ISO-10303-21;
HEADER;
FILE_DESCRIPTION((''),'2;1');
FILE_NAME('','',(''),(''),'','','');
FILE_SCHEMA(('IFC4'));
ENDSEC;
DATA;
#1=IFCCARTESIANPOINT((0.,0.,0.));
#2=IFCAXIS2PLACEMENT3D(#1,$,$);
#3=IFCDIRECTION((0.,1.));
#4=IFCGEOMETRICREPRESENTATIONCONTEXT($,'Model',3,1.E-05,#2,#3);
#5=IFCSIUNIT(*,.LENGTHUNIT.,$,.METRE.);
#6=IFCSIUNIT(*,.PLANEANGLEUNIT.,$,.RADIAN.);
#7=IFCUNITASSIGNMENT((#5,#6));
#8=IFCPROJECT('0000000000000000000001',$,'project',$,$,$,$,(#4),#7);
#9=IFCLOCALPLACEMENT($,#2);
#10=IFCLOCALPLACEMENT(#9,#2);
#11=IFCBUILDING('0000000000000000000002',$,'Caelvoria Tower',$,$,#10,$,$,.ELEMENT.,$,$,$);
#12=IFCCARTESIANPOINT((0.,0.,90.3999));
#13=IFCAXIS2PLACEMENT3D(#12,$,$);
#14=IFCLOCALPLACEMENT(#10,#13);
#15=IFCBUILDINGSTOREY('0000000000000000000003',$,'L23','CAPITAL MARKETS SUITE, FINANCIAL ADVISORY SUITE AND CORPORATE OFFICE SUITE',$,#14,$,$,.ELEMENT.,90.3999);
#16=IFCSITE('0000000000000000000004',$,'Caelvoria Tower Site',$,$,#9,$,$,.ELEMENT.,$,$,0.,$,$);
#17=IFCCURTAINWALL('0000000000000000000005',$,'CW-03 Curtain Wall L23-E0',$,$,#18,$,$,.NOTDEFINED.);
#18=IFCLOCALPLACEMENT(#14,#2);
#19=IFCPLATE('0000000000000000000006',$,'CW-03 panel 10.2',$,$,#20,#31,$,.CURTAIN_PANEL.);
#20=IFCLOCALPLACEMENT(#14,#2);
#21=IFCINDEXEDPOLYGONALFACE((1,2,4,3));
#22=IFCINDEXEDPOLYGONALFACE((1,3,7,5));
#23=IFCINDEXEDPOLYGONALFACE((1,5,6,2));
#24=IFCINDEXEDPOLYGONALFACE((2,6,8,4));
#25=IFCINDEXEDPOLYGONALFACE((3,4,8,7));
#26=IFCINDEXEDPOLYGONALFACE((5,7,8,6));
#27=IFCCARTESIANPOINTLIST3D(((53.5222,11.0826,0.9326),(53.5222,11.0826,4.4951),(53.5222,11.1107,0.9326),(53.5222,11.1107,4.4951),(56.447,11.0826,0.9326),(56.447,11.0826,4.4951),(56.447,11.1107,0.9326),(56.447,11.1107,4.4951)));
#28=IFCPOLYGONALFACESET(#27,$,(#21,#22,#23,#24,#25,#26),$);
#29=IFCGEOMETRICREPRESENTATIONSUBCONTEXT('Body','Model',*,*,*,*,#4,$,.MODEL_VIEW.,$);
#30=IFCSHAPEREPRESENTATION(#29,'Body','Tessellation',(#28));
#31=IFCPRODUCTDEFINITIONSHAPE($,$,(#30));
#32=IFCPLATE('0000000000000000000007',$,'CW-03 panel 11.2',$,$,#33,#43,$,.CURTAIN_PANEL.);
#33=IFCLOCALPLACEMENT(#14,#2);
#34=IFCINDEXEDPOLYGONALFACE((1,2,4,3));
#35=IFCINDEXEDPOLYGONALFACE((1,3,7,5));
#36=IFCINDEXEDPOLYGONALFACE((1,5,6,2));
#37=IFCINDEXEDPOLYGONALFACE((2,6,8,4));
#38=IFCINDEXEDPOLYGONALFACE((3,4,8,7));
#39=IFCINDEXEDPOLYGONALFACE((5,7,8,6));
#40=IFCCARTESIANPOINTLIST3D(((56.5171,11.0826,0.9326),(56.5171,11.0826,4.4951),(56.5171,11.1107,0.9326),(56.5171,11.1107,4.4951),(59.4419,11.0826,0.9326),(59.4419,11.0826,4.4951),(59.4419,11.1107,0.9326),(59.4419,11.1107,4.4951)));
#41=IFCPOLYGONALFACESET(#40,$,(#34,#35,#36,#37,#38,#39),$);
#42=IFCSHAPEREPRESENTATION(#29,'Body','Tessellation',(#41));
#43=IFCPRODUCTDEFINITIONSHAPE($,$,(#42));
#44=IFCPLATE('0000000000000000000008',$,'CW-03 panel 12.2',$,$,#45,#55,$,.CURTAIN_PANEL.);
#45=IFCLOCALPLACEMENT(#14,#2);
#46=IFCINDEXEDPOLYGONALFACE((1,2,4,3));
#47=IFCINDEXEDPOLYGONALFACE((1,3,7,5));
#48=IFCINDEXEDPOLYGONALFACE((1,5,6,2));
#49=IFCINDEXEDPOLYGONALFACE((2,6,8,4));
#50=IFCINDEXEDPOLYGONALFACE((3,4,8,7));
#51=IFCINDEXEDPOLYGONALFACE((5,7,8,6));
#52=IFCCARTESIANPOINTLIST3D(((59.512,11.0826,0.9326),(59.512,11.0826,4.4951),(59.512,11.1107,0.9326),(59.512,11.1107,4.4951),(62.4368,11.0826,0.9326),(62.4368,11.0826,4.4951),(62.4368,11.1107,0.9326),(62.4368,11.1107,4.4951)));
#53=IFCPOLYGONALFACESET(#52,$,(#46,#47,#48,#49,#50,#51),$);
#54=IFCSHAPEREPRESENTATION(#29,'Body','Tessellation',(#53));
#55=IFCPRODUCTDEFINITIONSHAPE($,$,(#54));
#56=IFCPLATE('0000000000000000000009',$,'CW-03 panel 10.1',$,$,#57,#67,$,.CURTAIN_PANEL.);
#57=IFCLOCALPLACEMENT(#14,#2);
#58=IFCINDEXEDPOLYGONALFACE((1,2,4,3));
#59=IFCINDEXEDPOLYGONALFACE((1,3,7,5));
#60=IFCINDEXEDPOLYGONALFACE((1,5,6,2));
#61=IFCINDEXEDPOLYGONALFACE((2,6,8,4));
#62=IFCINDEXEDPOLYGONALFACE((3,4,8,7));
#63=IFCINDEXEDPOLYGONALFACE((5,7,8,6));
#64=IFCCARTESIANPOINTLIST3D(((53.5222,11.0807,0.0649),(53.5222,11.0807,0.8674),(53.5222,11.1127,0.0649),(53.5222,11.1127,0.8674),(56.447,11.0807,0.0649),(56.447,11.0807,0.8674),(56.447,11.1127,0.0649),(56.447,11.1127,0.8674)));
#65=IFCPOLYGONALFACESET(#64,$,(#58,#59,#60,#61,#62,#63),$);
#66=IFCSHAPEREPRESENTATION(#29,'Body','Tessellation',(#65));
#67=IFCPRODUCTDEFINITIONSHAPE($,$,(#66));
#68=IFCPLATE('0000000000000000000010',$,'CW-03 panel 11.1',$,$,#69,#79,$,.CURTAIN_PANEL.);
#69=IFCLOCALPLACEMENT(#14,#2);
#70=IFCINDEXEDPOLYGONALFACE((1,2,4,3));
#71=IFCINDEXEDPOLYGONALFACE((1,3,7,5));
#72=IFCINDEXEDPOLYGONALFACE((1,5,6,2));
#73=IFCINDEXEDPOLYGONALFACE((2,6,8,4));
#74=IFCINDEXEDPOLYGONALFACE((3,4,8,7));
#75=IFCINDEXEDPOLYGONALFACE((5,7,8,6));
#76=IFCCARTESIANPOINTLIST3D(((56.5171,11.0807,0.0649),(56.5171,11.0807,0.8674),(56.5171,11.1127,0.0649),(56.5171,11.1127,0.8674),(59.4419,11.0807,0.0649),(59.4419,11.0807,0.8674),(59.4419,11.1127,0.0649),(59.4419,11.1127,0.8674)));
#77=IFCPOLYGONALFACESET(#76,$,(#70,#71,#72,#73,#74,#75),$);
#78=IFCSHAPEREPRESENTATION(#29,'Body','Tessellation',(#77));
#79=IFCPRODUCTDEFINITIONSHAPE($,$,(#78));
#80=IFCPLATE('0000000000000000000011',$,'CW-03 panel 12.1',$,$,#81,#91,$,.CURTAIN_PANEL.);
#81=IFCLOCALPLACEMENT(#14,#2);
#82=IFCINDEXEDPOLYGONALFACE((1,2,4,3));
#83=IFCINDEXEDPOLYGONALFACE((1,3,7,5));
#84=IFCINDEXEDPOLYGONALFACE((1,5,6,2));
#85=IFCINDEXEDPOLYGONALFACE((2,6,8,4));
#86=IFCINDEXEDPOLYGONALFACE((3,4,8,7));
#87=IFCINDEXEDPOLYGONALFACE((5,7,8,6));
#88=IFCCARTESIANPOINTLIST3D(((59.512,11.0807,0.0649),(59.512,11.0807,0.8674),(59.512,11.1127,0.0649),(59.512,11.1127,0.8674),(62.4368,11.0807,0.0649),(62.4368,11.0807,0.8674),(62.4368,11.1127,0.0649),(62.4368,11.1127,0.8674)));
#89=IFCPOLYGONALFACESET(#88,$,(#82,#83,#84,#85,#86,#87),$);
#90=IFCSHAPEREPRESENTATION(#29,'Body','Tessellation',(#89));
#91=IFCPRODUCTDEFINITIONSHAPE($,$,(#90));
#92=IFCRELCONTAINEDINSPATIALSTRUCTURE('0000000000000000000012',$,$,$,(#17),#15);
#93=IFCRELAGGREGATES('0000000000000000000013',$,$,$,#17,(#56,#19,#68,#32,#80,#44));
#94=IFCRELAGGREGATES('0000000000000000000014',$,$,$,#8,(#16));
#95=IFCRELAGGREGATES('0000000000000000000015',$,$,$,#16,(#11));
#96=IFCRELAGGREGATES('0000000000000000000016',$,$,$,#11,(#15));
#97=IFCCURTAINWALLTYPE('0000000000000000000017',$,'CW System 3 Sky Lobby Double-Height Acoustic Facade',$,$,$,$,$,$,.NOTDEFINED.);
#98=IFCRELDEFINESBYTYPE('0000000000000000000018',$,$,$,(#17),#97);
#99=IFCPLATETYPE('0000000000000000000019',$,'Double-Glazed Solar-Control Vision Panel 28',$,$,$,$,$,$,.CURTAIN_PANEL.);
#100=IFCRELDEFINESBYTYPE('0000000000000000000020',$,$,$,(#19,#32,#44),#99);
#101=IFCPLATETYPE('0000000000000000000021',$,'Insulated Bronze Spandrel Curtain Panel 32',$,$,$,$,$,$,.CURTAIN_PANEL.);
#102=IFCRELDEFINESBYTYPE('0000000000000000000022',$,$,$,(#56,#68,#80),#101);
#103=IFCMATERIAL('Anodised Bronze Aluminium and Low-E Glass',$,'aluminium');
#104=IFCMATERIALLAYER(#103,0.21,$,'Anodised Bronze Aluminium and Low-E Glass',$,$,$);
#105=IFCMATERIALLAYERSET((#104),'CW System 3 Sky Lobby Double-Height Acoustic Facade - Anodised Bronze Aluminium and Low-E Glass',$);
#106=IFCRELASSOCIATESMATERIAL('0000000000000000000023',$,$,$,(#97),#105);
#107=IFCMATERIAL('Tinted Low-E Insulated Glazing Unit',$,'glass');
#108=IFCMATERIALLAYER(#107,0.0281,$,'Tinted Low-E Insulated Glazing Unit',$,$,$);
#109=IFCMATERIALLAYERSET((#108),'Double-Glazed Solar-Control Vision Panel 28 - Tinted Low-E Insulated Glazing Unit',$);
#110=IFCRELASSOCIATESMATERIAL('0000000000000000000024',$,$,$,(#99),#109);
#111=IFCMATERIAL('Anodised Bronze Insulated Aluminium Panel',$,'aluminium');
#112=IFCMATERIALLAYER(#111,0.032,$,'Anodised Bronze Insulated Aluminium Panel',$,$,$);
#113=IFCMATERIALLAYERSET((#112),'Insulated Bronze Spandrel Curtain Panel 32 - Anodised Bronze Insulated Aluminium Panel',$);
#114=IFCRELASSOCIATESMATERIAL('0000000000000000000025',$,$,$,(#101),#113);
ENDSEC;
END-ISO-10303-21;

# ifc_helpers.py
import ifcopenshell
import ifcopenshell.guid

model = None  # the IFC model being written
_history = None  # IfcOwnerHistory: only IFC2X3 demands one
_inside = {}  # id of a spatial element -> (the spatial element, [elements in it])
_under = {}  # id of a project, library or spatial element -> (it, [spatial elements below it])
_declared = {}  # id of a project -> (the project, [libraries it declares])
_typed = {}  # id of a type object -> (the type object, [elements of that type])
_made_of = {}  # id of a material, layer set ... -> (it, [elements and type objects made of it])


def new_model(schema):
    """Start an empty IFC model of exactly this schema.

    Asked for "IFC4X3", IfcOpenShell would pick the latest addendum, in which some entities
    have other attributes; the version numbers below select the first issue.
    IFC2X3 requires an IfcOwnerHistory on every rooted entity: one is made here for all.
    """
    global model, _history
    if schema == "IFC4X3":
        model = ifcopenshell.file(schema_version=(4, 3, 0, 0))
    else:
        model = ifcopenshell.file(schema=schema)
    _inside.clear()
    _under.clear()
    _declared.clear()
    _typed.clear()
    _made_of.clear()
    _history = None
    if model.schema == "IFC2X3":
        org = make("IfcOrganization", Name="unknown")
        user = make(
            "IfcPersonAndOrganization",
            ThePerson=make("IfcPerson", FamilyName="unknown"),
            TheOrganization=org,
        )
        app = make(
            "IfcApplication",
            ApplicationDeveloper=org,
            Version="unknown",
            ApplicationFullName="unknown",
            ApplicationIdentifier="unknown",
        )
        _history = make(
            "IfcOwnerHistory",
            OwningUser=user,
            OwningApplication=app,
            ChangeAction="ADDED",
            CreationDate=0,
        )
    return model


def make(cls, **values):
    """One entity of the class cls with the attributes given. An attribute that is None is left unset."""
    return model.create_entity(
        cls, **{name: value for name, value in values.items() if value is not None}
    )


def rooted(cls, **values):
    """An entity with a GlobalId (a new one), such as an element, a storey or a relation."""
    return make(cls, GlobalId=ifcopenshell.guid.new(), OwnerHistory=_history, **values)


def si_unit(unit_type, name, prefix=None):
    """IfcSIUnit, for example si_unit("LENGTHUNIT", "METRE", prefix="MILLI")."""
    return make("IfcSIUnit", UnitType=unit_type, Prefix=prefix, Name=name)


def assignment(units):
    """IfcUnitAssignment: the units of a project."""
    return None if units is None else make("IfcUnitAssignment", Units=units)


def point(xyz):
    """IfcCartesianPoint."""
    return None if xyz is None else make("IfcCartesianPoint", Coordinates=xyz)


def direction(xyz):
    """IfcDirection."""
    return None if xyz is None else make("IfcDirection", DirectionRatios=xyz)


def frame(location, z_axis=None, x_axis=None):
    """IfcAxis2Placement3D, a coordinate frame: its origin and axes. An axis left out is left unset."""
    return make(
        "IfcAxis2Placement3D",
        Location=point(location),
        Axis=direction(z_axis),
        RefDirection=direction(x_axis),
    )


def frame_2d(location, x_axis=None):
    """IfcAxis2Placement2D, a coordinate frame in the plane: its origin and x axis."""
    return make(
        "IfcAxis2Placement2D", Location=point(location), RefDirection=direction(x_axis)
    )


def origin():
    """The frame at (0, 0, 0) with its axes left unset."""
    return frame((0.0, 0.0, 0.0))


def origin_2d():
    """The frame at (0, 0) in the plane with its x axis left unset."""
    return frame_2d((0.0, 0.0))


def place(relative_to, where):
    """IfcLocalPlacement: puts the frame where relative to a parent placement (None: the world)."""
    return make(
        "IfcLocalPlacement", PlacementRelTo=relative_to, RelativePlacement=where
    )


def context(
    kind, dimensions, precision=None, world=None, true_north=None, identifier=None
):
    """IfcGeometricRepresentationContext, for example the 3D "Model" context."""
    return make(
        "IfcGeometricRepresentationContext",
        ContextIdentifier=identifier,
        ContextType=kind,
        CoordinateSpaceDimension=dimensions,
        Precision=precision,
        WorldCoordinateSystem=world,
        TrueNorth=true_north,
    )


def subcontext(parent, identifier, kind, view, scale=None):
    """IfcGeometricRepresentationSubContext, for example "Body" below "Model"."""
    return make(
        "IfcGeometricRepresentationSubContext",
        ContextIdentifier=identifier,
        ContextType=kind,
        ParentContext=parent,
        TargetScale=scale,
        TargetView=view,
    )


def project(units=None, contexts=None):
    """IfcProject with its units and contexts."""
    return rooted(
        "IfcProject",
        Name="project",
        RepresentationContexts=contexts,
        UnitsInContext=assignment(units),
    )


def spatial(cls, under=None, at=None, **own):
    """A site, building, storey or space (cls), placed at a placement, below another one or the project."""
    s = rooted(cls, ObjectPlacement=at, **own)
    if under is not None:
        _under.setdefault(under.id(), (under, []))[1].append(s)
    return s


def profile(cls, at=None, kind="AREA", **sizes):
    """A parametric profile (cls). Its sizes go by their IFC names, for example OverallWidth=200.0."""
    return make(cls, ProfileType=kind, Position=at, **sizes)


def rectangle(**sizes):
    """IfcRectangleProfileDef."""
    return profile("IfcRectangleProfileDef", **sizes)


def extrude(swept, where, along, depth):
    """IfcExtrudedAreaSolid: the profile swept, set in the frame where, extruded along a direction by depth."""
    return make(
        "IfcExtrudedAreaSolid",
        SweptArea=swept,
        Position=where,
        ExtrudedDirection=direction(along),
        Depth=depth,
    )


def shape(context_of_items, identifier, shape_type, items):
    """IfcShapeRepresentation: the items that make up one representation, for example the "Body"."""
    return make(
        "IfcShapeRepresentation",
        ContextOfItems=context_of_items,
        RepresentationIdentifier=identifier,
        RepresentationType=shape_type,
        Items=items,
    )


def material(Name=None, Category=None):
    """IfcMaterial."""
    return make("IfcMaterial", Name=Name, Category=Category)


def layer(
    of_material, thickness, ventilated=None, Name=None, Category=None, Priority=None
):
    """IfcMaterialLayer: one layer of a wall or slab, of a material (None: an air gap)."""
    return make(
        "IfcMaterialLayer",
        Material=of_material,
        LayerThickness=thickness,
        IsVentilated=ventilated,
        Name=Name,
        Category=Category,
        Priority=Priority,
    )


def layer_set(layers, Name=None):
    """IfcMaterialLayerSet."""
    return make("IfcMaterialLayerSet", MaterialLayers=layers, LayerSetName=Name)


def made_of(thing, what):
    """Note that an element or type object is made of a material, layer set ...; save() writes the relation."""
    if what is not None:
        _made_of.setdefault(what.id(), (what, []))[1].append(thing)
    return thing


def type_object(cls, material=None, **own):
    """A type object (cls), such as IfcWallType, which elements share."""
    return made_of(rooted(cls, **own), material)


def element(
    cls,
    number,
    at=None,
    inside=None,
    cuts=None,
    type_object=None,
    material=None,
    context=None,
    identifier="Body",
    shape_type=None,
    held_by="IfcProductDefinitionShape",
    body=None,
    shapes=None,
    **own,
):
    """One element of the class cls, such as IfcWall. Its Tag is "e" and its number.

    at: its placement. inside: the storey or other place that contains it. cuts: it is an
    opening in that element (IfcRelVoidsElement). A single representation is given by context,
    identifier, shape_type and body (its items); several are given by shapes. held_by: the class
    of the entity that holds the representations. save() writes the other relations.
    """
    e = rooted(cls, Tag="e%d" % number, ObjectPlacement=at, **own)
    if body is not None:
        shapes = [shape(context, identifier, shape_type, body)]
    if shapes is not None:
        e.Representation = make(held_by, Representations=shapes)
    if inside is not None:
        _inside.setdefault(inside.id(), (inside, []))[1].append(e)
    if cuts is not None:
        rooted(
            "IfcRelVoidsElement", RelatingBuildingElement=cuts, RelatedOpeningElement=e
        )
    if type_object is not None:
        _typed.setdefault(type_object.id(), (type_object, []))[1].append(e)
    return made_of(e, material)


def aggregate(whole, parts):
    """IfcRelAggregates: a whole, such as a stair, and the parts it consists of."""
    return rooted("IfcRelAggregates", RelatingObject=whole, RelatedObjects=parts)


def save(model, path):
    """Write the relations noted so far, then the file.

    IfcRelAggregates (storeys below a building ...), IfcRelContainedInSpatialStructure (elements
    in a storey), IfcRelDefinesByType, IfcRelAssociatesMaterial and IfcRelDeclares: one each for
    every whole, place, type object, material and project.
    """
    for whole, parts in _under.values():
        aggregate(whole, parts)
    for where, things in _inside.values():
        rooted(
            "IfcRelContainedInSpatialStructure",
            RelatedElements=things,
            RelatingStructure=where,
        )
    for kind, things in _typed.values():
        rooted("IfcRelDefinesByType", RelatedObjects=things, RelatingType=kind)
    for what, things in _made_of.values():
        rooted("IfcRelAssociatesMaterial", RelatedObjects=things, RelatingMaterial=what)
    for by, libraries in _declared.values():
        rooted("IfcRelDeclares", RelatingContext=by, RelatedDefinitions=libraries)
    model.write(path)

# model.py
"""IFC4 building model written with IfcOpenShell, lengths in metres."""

from ifc_helpers import new_model, si_unit, direction, frame, origin, origin_2d, place, context, subcontext, project, spatial, rectangle, extrude, material, layer, layer_set, type_object, element, aggregate, save


model = new_model("IFC4")

# Units and contexts
model_context = context("Model", 3, precision=1e-05, world=origin(), true_north=direction((0.0, 1.0)))
body_context = subcontext(model_context, "Body", "Model", "MODEL_VIEW")
ifc_project = project(units=[si_unit("LENGTHUNIT", "METRE"), si_unit("PLANEANGLEUNIT", "RADIAN")], contexts=[model_context])

# Site, building, storey
site_placement = place(None, origin())
site = spatial("IfcSite", under=ifc_project, at=site_placement, Name="Caelvoria Tower Site", CompositionType="ELEMENT", RefElevation=0.0)
building_placement = place(site_placement, origin())
building = spatial("IfcBuilding", under=site, at=building_placement, Name="Caelvoria Tower", CompositionType="ELEMENT")
storey_placement = place(building_placement, frame((0.0, 0.0, 90.3999)))
storey = spatial("IfcBuildingStorey", under=building, at=storey_placement, Name="L23", Description="CAPITAL MARKETS SUITE, FINANCIAL ADVISORY SUITE AND CORPORATE OFFICE SUITE", CompositionType="ELEMENT", Elevation=90.3999)

# Curtain wall, plates
ifc_material_1 = material(Name="Anodised Bronze Aluminium and Low-E Glass", Category="aluminium")
ifc_layer_1 = layer(ifc_material_1, 0.21, Name="Anodised Bronze Aluminium and Low-E Glass")
ifc_layer_set_1 = layer_set([ifc_layer_1], Name="CW System 3 Sky Lobby Double-Height Acoustic Facade - Anodised Bronze Aluminium and Low-E Glass")
curtain_wall_type = type_object("IfcCurtainWallType", Name="CW System 3 Sky Lobby Double-Height Acoustic Facade", PredefinedType="NOTDEFINED", material=ifc_layer_set_1)
curtain_wall_placement = place(storey_placement, origin())
curtain_wall = element("IfcCurtainWall", 1, at=curtain_wall_placement, inside=storey, type_object=curtain_wall_type, Name="CW-03 Curtain Wall L23-E0", PredefinedType="NOTDEFINED")
ifc_material_2 = material(Name="Tinted Low-E Insulated Glazing Unit", Category="glass")
ifc_layer_2 = layer(ifc_material_2, 0.0281, Name="Tinted Low-E Insulated Glazing Unit")
ifc_layer_set_2 = layer_set([ifc_layer_2], Name="Double-Glazed Solar-Control Vision Panel 28 - Tinted Low-E Insulated Glazing Unit")
plate_type_1 = type_object("IfcPlateType", Name="Double-Glazed Solar-Control Vision Panel 28", PredefinedType="CURTAIN_PANEL", material=ifc_layer_set_2)
plate_1_placement = place(storey_placement, frame((54.9846, 11.0967, 0.9326), z_axis=(0.0, 0.0, 1.0), x_axis=(1.0, 0.0, 0.0)))
plate_1 = element("IfcPlate", 2, at=plate_1_placement, type_object=plate_type_1, Name="CW-03 panel 10.2", PredefinedType="CURTAIN_PANEL", context=body_context, shape_type="SweptSolid", body=[
    extrude(rectangle(XDim=2.9248, YDim=0.0281, at=origin_2d()), origin(), (0.0, 0.0, 1.0), 3.5625),
])
plate_2_placement = place(storey_placement, frame((57.9795, 11.0967, 0.9326), z_axis=(0.0, 0.0, 1.0), x_axis=(1.0, 0.0, 0.0)))
plate_2 = element("IfcPlate", 3, at=plate_2_placement, type_object=plate_type_1, Name="CW-03 panel 11.2", PredefinedType="CURTAIN_PANEL", context=body_context, shape_type="SweptSolid", body=[
    extrude(rectangle(XDim=2.9248, YDim=0.0281, at=origin_2d()), origin(), (0.0, 0.0, 1.0), 3.5625),
])
plate_3_placement = place(storey_placement, frame((60.9744, 11.0967, 0.9326), z_axis=(0.0, 0.0, 1.0), x_axis=(1.0, 0.0, 0.0)))
plate_3 = element("IfcPlate", 4, at=plate_3_placement, type_object=plate_type_1, Name="CW-03 panel 12.2", PredefinedType="CURTAIN_PANEL", context=body_context, shape_type="SweptSolid", body=[
    extrude(rectangle(XDim=2.9248, YDim=0.0281, at=origin_2d()), origin(), (0.0, 0.0, 1.0), 3.5625),
])
ifc_material_3 = material(Name="Anodised Bronze Insulated Aluminium Panel", Category="aluminium")
ifc_layer_3 = layer(ifc_material_3, 0.032, Name="Anodised Bronze Insulated Aluminium Panel")
ifc_layer_set_3 = layer_set([ifc_layer_3], Name="Insulated Bronze Spandrel Curtain Panel 32 - Anodised Bronze Insulated Aluminium Panel")
plate_type_2 = type_object("IfcPlateType", Name="Insulated Bronze Spandrel Curtain Panel 32", PredefinedType="CURTAIN_PANEL", material=ifc_layer_set_3)
plate_4_placement = place(storey_placement, frame((54.9846, 11.0967, 0.0649), z_axis=(0.0, 0.0, 1.0), x_axis=(1.0, 0.0, 0.0)))
plate_4 = element("IfcPlate", 5, at=plate_4_placement, type_object=plate_type_2, Name="CW-03 panel 10.1", PredefinedType="CURTAIN_PANEL", context=body_context, shape_type="SweptSolid", body=[
    extrude(rectangle(XDim=2.9248, YDim=0.032, at=origin_2d()), origin(), (0.0, 0.0, 1.0), 0.8025),
])
plate_5_placement = place(storey_placement, frame((57.9795, 11.0967, 0.0649), z_axis=(0.0, 0.0, 1.0), x_axis=(1.0, 0.0, 0.0)))
plate_5 = element("IfcPlate", 6, at=plate_5_placement, type_object=plate_type_2, Name="CW-03 panel 11.1", PredefinedType="CURTAIN_PANEL", context=body_context, shape_type="SweptSolid", body=[
    extrude(rectangle(XDim=2.9248, YDim=0.032, at=origin_2d()), origin(), (0.0, 0.0, 1.0), 0.8025),
])
plate_6_placement = place(storey_placement, frame((60.9744, 11.0967, 0.0649), z_axis=(0.0, 0.0, 1.0), x_axis=(1.0, 0.0, 0.0)))
plate_6 = element("IfcPlate", 7, at=plate_6_placement, type_object=plate_type_2, Name="CW-03 panel 12.1", PredefinedType="CURTAIN_PANEL", context=body_context, shape_type="SweptSolid", body=[
    extrude(rectangle(XDim=2.9248, YDim=0.032, at=origin_2d()), origin(), (0.0, 0.0, 1.0), 0.8025),
])
aggregate(curtain_wall, [plate_4, plate_1, plate_5, plate_2, plate_6, plate_3])

save(model, "model.ifc")
